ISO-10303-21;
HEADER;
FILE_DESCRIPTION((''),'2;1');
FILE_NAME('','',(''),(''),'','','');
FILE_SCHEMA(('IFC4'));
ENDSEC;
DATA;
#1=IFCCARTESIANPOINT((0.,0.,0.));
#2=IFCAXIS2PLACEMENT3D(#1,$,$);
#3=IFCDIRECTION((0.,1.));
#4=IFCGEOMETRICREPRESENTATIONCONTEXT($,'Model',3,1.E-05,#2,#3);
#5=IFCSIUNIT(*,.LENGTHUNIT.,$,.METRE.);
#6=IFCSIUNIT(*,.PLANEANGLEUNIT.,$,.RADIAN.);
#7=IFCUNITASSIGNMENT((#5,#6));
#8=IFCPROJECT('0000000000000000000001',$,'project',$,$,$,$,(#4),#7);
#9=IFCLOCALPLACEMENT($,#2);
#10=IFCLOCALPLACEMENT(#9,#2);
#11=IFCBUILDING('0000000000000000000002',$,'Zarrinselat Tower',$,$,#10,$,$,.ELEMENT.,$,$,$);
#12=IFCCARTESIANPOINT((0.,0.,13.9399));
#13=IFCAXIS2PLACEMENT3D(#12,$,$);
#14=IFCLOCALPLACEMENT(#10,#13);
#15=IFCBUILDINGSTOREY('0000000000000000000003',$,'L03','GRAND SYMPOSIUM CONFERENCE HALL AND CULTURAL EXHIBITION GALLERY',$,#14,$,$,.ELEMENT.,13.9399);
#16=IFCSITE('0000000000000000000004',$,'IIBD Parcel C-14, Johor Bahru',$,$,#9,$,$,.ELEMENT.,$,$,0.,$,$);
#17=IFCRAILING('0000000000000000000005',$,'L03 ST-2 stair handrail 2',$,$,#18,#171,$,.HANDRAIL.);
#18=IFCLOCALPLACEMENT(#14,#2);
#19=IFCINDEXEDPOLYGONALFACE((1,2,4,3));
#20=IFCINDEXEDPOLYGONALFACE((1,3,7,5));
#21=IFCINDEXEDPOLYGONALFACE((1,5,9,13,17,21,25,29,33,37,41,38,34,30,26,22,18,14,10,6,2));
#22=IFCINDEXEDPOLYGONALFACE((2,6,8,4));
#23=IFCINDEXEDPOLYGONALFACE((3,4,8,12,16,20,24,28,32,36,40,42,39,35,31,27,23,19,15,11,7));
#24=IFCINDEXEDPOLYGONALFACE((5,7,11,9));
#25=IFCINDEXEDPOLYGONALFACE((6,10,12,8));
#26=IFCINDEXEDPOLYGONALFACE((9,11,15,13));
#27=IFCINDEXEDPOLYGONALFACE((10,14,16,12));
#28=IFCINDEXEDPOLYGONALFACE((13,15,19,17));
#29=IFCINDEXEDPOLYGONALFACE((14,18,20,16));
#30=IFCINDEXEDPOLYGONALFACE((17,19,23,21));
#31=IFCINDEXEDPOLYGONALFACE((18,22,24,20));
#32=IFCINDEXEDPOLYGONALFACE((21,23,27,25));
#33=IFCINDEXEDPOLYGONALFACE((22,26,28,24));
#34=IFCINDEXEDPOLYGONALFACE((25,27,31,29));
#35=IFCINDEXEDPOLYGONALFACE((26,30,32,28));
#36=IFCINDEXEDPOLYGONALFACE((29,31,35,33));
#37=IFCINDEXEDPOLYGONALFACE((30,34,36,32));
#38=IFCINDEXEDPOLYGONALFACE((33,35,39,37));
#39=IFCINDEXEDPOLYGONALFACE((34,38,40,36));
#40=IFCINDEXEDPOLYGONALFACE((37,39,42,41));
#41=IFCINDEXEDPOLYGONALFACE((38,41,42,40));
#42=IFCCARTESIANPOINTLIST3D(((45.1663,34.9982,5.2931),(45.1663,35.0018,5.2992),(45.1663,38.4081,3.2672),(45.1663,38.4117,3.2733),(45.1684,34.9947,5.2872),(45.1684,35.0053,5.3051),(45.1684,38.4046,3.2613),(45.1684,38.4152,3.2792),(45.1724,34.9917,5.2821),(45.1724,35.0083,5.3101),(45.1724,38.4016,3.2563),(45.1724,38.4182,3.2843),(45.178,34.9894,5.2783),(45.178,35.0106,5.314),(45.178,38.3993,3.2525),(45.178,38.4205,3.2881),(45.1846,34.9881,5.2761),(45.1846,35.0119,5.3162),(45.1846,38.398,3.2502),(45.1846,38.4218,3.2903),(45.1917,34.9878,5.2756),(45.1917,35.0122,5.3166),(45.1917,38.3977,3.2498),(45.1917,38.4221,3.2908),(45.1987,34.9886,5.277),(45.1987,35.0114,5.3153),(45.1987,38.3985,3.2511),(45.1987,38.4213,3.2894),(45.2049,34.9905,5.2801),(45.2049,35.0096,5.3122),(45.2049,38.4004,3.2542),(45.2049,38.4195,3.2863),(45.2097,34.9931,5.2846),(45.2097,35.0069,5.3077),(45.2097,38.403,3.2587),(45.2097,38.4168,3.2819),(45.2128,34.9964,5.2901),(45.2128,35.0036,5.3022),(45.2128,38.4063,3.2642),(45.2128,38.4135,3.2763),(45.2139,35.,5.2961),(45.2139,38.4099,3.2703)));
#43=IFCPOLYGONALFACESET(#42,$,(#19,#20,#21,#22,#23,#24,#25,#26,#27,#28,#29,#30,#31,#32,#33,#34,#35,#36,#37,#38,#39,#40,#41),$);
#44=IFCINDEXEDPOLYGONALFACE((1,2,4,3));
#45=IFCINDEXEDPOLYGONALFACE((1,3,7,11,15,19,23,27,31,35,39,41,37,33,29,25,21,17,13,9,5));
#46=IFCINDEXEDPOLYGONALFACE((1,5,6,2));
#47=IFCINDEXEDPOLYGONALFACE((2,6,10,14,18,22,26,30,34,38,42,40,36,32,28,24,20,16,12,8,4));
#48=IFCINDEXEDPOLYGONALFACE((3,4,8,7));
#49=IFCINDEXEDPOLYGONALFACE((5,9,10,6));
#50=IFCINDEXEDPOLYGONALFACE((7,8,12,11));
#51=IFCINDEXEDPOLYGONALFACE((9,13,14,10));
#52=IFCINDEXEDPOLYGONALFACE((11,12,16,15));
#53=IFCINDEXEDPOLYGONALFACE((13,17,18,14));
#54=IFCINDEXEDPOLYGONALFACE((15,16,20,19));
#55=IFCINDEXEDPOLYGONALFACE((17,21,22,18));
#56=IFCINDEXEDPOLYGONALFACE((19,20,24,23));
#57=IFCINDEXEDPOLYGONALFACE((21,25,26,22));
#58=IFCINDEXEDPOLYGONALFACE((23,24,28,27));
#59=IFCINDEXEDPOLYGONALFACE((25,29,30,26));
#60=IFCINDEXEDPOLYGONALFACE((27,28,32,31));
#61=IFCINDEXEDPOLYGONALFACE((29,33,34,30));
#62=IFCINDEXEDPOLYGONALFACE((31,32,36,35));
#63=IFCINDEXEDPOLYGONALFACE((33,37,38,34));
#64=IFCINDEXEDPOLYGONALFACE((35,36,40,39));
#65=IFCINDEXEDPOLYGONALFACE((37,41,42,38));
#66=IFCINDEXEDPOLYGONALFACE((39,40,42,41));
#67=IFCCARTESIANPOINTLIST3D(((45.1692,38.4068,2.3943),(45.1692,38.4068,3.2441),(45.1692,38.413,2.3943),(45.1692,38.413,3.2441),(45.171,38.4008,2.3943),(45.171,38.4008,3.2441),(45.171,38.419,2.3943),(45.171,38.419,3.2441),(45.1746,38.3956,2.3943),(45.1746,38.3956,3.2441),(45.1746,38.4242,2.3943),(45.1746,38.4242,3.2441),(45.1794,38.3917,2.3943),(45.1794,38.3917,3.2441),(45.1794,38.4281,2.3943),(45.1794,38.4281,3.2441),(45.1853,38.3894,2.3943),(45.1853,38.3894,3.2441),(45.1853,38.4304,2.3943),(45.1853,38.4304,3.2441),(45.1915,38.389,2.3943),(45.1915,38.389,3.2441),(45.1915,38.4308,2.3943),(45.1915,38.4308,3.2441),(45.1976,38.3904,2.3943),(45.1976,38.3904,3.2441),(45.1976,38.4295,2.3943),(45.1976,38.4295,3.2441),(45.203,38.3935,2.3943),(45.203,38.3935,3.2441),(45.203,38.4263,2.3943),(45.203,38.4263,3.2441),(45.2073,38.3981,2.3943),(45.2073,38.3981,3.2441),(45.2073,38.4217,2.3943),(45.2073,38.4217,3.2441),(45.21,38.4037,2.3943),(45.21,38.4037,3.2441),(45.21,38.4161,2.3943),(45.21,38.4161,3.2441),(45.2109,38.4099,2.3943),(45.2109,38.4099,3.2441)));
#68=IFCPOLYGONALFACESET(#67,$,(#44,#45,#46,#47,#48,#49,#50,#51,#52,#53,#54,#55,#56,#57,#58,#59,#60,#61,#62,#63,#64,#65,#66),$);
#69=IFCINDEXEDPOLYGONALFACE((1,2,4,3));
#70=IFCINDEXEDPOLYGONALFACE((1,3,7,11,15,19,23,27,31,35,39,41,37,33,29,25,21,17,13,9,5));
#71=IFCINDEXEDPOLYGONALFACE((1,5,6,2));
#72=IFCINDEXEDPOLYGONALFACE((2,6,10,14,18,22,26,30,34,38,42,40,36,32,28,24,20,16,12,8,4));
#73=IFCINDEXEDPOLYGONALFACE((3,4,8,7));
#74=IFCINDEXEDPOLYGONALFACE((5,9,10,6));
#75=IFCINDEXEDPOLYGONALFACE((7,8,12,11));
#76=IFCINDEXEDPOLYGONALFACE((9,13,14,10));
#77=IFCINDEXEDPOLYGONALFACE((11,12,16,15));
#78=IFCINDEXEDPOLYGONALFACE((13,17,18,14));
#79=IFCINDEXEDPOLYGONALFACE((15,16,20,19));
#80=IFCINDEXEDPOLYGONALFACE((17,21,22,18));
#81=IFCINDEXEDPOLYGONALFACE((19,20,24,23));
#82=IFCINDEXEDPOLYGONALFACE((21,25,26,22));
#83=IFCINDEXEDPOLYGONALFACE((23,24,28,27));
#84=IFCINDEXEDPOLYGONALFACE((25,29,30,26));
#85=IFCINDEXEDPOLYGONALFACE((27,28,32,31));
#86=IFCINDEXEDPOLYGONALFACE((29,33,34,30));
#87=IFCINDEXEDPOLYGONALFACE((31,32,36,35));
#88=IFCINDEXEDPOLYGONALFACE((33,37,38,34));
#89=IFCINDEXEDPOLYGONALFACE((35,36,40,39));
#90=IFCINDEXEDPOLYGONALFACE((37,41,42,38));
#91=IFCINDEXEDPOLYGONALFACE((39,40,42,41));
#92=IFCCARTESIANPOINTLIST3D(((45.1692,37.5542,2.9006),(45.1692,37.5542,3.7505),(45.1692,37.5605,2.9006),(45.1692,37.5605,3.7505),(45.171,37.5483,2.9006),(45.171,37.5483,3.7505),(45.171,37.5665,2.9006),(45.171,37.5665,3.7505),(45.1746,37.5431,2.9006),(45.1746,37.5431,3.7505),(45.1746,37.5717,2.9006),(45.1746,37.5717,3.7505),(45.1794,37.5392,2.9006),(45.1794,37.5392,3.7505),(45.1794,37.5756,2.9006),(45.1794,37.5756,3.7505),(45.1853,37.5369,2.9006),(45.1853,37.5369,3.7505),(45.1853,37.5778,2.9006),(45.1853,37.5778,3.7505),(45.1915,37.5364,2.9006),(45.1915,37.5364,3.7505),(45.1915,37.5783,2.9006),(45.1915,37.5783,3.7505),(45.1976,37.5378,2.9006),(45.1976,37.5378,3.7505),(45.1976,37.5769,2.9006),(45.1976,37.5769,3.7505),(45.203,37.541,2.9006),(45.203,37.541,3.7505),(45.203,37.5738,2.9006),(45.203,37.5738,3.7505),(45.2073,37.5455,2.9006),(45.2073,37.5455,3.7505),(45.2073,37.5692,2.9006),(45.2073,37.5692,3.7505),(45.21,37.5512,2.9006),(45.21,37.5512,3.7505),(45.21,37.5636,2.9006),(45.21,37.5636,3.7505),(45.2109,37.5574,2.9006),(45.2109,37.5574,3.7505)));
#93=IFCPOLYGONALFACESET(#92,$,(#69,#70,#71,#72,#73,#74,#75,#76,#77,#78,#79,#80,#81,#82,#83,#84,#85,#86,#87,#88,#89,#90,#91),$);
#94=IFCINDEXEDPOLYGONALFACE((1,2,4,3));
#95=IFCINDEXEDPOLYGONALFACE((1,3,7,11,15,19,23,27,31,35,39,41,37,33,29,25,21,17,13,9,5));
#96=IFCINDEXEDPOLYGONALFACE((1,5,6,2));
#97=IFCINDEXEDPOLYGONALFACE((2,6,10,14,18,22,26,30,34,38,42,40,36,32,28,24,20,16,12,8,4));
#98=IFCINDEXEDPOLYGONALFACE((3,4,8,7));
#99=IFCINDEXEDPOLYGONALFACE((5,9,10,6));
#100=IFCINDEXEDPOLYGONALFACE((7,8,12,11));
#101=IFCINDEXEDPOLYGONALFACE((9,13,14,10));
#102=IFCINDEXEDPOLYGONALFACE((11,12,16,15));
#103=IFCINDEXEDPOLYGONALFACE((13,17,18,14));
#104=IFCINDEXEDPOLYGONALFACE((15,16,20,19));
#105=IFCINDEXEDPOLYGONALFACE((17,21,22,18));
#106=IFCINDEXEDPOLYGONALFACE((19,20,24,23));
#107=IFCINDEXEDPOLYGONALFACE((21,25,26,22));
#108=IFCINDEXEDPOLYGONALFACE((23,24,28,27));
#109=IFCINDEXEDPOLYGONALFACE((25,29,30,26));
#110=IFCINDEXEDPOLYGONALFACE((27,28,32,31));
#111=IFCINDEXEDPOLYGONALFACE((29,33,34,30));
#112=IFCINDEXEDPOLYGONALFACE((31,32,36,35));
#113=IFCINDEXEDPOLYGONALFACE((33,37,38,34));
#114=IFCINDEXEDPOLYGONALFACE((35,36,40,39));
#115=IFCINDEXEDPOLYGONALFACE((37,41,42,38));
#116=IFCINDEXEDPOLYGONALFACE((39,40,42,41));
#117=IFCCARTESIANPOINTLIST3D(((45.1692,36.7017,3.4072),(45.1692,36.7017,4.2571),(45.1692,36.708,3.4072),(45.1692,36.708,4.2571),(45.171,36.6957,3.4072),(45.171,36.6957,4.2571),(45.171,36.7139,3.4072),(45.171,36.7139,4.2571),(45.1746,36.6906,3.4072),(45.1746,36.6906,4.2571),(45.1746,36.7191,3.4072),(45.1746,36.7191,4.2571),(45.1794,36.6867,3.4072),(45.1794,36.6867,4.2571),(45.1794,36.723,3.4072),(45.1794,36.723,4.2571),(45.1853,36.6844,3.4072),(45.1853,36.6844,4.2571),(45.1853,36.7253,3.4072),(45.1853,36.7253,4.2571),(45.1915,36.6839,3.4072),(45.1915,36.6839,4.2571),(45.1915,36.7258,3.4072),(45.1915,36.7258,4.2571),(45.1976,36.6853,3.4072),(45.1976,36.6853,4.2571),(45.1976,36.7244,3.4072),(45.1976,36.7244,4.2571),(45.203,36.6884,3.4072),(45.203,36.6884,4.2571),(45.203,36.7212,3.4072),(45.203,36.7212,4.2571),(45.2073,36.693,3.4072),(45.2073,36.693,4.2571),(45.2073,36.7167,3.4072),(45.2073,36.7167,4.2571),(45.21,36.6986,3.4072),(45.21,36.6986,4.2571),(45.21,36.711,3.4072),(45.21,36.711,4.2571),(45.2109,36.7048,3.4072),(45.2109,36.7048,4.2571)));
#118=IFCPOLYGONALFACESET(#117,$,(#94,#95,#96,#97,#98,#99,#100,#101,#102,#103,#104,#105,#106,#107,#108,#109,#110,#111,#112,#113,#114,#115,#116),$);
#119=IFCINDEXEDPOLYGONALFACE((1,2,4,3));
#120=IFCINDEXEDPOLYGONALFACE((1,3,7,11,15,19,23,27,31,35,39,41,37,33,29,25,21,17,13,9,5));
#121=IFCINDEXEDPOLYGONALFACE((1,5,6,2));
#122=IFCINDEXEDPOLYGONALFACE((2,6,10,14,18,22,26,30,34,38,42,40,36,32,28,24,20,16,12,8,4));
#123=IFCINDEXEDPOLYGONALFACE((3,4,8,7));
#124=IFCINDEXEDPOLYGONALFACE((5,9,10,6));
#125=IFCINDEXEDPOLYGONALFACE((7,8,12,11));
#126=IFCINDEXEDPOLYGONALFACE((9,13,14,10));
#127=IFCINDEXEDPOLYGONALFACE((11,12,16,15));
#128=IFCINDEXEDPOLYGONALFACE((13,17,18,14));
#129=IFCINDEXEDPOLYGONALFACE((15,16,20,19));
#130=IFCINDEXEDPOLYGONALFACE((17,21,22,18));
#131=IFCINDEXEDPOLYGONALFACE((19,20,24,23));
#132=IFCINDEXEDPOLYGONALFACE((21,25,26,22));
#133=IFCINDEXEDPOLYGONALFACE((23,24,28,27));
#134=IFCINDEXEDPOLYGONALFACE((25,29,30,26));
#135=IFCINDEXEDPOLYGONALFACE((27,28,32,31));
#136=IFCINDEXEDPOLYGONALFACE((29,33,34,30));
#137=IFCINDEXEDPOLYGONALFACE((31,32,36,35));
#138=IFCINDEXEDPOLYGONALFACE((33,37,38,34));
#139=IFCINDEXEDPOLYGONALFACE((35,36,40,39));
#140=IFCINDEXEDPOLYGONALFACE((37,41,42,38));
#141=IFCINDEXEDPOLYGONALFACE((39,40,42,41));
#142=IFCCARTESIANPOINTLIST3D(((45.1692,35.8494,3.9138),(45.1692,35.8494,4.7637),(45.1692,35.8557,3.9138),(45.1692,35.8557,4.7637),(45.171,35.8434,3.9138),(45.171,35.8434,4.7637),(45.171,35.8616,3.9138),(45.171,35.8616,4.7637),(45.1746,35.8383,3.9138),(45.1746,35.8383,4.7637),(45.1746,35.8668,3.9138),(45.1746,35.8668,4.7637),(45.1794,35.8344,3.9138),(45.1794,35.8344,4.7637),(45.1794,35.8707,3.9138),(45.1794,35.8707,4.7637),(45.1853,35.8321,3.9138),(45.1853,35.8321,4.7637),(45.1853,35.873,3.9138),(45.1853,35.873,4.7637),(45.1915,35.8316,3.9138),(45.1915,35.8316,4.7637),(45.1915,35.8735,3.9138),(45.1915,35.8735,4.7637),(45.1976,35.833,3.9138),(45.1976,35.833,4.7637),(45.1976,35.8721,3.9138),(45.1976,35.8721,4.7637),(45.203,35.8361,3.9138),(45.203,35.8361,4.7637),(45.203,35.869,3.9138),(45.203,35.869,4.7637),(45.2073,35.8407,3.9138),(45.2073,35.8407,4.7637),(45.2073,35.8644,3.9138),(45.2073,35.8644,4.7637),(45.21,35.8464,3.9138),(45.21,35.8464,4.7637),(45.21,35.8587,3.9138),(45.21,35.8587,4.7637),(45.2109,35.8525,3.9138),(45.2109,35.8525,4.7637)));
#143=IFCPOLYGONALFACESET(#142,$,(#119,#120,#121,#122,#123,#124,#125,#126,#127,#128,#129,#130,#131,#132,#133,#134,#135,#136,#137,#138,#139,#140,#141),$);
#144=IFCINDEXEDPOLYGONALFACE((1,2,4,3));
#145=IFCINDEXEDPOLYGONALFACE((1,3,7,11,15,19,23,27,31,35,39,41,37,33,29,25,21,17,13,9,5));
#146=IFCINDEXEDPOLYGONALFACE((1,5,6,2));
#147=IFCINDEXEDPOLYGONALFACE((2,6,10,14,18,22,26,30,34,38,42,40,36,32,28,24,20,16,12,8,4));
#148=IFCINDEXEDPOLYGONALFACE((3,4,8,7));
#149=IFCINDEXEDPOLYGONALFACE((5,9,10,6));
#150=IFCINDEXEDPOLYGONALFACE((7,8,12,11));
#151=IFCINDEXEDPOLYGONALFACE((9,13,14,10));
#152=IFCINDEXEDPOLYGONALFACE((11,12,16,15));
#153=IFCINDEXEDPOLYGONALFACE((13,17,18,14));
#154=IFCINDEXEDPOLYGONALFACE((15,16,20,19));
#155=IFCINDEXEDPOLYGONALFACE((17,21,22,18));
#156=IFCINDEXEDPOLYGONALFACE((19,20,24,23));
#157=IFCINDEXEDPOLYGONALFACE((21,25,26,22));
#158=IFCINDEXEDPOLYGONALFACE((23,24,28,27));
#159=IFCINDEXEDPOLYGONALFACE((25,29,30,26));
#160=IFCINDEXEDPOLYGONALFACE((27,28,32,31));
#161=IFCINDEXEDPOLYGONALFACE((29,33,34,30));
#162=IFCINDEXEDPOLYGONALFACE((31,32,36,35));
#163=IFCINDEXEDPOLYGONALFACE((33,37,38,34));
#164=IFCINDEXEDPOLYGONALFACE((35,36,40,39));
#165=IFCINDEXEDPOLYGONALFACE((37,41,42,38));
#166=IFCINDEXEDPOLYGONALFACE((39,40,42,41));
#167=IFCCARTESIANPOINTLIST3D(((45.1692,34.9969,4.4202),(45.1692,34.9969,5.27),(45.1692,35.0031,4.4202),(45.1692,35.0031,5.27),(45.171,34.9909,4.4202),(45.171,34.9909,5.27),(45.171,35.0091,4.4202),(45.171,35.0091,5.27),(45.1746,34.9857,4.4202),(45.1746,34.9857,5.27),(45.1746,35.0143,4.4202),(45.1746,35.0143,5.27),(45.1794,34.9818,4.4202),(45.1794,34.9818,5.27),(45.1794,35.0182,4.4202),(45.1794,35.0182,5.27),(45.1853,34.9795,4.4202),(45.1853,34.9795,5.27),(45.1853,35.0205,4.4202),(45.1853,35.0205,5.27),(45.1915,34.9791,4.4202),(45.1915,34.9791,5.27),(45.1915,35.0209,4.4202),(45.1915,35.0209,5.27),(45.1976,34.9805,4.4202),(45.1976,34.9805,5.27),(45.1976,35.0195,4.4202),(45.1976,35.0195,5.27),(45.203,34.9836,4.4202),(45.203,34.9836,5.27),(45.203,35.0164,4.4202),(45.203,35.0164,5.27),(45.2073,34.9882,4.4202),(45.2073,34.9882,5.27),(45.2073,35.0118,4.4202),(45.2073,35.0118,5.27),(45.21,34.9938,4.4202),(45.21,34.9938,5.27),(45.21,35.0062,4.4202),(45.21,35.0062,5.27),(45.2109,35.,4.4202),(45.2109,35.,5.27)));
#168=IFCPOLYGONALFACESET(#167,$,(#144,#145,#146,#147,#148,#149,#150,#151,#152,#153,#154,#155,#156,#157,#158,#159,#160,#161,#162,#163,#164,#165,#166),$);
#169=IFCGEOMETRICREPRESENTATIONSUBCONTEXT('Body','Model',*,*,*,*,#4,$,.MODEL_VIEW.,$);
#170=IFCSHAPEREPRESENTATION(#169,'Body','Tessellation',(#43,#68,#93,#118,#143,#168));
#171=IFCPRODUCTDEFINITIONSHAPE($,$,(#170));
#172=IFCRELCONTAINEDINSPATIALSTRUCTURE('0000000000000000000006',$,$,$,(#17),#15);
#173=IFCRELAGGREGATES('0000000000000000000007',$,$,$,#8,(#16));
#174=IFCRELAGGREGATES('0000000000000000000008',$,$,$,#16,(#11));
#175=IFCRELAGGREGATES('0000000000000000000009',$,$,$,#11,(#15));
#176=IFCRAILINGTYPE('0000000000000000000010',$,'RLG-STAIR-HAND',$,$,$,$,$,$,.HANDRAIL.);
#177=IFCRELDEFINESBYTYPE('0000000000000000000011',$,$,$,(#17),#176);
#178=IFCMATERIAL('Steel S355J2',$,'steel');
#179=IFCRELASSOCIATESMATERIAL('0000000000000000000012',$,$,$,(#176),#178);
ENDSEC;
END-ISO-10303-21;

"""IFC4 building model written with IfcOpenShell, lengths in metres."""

from ifc_helpers import new_model, si_unit, direction, frame, origin, origin_2d, place, context, subcontext, project, spatial, circle, extrude, material, type_object, element, save


model = new_model("IFC4")

# Units and contexts
model_context = context("Model", 3, precision=1e-05, world=origin(), true_north=direction((0.0, 1.0)))
body_context = subcontext(model_context, "Body", "Model", "MODEL_VIEW")
ifc_project = project(units=[si_unit("LENGTHUNIT", "METRE"), si_unit("PLANEANGLEUNIT", "RADIAN")], contexts=[model_context])

# Site, building, storey
site_placement = place(None, origin())
site = spatial("IfcSite", under=ifc_project, at=site_placement, Name="IIBD Parcel C-14, Johor Bahru", CompositionType="ELEMENT", RefElevation=0.0)
building_placement = place(site_placement, origin())
building = spatial("IfcBuilding", under=site, at=building_placement, Name="Zarrinselat Tower", CompositionType="ELEMENT")
storey_placement = place(building_placement, frame((0.0, 0.0, 13.9399)))
storey = spatial("IfcBuildingStorey", under=building, at=storey_placement, Name="L03", Description="GRAND SYMPOSIUM CONFERENCE HALL AND CULTURAL EXHIBITION GALLERY", CompositionType="ELEMENT", Elevation=13.9399)

# Railing
ifc_material_1 = material(Name="Steel S355J2", Category="steel")
railing_type_1 = type_object("IfcRailingType", Name="RLG-STAIR-HAND", PredefinedType="HANDRAIL", material=ifc_material_1)
railing_1_placement = place(storey_placement, frame((45.1899, 38.4099, 2.3943)))
element("IfcRailing", 1, at=railing_1_placement, inside=storey, type_object=railing_type_1, Name="L03 ST-2 stair handrail 2", PredefinedType="HANDRAIL", context=body_context, shape_type="SweptSolid", body=[
    extrude(circle(Radius=0.0239, at=origin_2d()), frame((0.0, 0.0, 0.876), z_axis=(0.0, -0.859717, 0.510771), x_axis=(1.0, 0.0, 0.0)), (0.0, 0.0, 1.0), 3.9663),
    extrude(circle(Radius=0.021, at=origin_2d()), origin(), (0.0, 0.0, 1.0), 0.8499),
    extrude(circle(Radius=0.021, at=origin_2d()), frame((0.0, -0.8525, 0.5063)), (0.0, 0.0, 1.0), 0.8499),
    extrude(circle(Radius=0.021, at=origin_2d()), frame((0.0, -1.7051, 1.0129)), (0.0, 0.0, 1.0), 0.8499),
    extrude(circle(Radius=0.021, at=origin_2d()), frame((0.0, -2.5574, 1.5195)), (0.0, 0.0, 1.0), 0.8499),
    extrude(circle(Radius=0.021, at=origin_2d()), frame((0.0, -3.4099, 2.0259)), (0.0, 0.0, 1.0), 0.8499),
])

save(model, "model.ifc")
